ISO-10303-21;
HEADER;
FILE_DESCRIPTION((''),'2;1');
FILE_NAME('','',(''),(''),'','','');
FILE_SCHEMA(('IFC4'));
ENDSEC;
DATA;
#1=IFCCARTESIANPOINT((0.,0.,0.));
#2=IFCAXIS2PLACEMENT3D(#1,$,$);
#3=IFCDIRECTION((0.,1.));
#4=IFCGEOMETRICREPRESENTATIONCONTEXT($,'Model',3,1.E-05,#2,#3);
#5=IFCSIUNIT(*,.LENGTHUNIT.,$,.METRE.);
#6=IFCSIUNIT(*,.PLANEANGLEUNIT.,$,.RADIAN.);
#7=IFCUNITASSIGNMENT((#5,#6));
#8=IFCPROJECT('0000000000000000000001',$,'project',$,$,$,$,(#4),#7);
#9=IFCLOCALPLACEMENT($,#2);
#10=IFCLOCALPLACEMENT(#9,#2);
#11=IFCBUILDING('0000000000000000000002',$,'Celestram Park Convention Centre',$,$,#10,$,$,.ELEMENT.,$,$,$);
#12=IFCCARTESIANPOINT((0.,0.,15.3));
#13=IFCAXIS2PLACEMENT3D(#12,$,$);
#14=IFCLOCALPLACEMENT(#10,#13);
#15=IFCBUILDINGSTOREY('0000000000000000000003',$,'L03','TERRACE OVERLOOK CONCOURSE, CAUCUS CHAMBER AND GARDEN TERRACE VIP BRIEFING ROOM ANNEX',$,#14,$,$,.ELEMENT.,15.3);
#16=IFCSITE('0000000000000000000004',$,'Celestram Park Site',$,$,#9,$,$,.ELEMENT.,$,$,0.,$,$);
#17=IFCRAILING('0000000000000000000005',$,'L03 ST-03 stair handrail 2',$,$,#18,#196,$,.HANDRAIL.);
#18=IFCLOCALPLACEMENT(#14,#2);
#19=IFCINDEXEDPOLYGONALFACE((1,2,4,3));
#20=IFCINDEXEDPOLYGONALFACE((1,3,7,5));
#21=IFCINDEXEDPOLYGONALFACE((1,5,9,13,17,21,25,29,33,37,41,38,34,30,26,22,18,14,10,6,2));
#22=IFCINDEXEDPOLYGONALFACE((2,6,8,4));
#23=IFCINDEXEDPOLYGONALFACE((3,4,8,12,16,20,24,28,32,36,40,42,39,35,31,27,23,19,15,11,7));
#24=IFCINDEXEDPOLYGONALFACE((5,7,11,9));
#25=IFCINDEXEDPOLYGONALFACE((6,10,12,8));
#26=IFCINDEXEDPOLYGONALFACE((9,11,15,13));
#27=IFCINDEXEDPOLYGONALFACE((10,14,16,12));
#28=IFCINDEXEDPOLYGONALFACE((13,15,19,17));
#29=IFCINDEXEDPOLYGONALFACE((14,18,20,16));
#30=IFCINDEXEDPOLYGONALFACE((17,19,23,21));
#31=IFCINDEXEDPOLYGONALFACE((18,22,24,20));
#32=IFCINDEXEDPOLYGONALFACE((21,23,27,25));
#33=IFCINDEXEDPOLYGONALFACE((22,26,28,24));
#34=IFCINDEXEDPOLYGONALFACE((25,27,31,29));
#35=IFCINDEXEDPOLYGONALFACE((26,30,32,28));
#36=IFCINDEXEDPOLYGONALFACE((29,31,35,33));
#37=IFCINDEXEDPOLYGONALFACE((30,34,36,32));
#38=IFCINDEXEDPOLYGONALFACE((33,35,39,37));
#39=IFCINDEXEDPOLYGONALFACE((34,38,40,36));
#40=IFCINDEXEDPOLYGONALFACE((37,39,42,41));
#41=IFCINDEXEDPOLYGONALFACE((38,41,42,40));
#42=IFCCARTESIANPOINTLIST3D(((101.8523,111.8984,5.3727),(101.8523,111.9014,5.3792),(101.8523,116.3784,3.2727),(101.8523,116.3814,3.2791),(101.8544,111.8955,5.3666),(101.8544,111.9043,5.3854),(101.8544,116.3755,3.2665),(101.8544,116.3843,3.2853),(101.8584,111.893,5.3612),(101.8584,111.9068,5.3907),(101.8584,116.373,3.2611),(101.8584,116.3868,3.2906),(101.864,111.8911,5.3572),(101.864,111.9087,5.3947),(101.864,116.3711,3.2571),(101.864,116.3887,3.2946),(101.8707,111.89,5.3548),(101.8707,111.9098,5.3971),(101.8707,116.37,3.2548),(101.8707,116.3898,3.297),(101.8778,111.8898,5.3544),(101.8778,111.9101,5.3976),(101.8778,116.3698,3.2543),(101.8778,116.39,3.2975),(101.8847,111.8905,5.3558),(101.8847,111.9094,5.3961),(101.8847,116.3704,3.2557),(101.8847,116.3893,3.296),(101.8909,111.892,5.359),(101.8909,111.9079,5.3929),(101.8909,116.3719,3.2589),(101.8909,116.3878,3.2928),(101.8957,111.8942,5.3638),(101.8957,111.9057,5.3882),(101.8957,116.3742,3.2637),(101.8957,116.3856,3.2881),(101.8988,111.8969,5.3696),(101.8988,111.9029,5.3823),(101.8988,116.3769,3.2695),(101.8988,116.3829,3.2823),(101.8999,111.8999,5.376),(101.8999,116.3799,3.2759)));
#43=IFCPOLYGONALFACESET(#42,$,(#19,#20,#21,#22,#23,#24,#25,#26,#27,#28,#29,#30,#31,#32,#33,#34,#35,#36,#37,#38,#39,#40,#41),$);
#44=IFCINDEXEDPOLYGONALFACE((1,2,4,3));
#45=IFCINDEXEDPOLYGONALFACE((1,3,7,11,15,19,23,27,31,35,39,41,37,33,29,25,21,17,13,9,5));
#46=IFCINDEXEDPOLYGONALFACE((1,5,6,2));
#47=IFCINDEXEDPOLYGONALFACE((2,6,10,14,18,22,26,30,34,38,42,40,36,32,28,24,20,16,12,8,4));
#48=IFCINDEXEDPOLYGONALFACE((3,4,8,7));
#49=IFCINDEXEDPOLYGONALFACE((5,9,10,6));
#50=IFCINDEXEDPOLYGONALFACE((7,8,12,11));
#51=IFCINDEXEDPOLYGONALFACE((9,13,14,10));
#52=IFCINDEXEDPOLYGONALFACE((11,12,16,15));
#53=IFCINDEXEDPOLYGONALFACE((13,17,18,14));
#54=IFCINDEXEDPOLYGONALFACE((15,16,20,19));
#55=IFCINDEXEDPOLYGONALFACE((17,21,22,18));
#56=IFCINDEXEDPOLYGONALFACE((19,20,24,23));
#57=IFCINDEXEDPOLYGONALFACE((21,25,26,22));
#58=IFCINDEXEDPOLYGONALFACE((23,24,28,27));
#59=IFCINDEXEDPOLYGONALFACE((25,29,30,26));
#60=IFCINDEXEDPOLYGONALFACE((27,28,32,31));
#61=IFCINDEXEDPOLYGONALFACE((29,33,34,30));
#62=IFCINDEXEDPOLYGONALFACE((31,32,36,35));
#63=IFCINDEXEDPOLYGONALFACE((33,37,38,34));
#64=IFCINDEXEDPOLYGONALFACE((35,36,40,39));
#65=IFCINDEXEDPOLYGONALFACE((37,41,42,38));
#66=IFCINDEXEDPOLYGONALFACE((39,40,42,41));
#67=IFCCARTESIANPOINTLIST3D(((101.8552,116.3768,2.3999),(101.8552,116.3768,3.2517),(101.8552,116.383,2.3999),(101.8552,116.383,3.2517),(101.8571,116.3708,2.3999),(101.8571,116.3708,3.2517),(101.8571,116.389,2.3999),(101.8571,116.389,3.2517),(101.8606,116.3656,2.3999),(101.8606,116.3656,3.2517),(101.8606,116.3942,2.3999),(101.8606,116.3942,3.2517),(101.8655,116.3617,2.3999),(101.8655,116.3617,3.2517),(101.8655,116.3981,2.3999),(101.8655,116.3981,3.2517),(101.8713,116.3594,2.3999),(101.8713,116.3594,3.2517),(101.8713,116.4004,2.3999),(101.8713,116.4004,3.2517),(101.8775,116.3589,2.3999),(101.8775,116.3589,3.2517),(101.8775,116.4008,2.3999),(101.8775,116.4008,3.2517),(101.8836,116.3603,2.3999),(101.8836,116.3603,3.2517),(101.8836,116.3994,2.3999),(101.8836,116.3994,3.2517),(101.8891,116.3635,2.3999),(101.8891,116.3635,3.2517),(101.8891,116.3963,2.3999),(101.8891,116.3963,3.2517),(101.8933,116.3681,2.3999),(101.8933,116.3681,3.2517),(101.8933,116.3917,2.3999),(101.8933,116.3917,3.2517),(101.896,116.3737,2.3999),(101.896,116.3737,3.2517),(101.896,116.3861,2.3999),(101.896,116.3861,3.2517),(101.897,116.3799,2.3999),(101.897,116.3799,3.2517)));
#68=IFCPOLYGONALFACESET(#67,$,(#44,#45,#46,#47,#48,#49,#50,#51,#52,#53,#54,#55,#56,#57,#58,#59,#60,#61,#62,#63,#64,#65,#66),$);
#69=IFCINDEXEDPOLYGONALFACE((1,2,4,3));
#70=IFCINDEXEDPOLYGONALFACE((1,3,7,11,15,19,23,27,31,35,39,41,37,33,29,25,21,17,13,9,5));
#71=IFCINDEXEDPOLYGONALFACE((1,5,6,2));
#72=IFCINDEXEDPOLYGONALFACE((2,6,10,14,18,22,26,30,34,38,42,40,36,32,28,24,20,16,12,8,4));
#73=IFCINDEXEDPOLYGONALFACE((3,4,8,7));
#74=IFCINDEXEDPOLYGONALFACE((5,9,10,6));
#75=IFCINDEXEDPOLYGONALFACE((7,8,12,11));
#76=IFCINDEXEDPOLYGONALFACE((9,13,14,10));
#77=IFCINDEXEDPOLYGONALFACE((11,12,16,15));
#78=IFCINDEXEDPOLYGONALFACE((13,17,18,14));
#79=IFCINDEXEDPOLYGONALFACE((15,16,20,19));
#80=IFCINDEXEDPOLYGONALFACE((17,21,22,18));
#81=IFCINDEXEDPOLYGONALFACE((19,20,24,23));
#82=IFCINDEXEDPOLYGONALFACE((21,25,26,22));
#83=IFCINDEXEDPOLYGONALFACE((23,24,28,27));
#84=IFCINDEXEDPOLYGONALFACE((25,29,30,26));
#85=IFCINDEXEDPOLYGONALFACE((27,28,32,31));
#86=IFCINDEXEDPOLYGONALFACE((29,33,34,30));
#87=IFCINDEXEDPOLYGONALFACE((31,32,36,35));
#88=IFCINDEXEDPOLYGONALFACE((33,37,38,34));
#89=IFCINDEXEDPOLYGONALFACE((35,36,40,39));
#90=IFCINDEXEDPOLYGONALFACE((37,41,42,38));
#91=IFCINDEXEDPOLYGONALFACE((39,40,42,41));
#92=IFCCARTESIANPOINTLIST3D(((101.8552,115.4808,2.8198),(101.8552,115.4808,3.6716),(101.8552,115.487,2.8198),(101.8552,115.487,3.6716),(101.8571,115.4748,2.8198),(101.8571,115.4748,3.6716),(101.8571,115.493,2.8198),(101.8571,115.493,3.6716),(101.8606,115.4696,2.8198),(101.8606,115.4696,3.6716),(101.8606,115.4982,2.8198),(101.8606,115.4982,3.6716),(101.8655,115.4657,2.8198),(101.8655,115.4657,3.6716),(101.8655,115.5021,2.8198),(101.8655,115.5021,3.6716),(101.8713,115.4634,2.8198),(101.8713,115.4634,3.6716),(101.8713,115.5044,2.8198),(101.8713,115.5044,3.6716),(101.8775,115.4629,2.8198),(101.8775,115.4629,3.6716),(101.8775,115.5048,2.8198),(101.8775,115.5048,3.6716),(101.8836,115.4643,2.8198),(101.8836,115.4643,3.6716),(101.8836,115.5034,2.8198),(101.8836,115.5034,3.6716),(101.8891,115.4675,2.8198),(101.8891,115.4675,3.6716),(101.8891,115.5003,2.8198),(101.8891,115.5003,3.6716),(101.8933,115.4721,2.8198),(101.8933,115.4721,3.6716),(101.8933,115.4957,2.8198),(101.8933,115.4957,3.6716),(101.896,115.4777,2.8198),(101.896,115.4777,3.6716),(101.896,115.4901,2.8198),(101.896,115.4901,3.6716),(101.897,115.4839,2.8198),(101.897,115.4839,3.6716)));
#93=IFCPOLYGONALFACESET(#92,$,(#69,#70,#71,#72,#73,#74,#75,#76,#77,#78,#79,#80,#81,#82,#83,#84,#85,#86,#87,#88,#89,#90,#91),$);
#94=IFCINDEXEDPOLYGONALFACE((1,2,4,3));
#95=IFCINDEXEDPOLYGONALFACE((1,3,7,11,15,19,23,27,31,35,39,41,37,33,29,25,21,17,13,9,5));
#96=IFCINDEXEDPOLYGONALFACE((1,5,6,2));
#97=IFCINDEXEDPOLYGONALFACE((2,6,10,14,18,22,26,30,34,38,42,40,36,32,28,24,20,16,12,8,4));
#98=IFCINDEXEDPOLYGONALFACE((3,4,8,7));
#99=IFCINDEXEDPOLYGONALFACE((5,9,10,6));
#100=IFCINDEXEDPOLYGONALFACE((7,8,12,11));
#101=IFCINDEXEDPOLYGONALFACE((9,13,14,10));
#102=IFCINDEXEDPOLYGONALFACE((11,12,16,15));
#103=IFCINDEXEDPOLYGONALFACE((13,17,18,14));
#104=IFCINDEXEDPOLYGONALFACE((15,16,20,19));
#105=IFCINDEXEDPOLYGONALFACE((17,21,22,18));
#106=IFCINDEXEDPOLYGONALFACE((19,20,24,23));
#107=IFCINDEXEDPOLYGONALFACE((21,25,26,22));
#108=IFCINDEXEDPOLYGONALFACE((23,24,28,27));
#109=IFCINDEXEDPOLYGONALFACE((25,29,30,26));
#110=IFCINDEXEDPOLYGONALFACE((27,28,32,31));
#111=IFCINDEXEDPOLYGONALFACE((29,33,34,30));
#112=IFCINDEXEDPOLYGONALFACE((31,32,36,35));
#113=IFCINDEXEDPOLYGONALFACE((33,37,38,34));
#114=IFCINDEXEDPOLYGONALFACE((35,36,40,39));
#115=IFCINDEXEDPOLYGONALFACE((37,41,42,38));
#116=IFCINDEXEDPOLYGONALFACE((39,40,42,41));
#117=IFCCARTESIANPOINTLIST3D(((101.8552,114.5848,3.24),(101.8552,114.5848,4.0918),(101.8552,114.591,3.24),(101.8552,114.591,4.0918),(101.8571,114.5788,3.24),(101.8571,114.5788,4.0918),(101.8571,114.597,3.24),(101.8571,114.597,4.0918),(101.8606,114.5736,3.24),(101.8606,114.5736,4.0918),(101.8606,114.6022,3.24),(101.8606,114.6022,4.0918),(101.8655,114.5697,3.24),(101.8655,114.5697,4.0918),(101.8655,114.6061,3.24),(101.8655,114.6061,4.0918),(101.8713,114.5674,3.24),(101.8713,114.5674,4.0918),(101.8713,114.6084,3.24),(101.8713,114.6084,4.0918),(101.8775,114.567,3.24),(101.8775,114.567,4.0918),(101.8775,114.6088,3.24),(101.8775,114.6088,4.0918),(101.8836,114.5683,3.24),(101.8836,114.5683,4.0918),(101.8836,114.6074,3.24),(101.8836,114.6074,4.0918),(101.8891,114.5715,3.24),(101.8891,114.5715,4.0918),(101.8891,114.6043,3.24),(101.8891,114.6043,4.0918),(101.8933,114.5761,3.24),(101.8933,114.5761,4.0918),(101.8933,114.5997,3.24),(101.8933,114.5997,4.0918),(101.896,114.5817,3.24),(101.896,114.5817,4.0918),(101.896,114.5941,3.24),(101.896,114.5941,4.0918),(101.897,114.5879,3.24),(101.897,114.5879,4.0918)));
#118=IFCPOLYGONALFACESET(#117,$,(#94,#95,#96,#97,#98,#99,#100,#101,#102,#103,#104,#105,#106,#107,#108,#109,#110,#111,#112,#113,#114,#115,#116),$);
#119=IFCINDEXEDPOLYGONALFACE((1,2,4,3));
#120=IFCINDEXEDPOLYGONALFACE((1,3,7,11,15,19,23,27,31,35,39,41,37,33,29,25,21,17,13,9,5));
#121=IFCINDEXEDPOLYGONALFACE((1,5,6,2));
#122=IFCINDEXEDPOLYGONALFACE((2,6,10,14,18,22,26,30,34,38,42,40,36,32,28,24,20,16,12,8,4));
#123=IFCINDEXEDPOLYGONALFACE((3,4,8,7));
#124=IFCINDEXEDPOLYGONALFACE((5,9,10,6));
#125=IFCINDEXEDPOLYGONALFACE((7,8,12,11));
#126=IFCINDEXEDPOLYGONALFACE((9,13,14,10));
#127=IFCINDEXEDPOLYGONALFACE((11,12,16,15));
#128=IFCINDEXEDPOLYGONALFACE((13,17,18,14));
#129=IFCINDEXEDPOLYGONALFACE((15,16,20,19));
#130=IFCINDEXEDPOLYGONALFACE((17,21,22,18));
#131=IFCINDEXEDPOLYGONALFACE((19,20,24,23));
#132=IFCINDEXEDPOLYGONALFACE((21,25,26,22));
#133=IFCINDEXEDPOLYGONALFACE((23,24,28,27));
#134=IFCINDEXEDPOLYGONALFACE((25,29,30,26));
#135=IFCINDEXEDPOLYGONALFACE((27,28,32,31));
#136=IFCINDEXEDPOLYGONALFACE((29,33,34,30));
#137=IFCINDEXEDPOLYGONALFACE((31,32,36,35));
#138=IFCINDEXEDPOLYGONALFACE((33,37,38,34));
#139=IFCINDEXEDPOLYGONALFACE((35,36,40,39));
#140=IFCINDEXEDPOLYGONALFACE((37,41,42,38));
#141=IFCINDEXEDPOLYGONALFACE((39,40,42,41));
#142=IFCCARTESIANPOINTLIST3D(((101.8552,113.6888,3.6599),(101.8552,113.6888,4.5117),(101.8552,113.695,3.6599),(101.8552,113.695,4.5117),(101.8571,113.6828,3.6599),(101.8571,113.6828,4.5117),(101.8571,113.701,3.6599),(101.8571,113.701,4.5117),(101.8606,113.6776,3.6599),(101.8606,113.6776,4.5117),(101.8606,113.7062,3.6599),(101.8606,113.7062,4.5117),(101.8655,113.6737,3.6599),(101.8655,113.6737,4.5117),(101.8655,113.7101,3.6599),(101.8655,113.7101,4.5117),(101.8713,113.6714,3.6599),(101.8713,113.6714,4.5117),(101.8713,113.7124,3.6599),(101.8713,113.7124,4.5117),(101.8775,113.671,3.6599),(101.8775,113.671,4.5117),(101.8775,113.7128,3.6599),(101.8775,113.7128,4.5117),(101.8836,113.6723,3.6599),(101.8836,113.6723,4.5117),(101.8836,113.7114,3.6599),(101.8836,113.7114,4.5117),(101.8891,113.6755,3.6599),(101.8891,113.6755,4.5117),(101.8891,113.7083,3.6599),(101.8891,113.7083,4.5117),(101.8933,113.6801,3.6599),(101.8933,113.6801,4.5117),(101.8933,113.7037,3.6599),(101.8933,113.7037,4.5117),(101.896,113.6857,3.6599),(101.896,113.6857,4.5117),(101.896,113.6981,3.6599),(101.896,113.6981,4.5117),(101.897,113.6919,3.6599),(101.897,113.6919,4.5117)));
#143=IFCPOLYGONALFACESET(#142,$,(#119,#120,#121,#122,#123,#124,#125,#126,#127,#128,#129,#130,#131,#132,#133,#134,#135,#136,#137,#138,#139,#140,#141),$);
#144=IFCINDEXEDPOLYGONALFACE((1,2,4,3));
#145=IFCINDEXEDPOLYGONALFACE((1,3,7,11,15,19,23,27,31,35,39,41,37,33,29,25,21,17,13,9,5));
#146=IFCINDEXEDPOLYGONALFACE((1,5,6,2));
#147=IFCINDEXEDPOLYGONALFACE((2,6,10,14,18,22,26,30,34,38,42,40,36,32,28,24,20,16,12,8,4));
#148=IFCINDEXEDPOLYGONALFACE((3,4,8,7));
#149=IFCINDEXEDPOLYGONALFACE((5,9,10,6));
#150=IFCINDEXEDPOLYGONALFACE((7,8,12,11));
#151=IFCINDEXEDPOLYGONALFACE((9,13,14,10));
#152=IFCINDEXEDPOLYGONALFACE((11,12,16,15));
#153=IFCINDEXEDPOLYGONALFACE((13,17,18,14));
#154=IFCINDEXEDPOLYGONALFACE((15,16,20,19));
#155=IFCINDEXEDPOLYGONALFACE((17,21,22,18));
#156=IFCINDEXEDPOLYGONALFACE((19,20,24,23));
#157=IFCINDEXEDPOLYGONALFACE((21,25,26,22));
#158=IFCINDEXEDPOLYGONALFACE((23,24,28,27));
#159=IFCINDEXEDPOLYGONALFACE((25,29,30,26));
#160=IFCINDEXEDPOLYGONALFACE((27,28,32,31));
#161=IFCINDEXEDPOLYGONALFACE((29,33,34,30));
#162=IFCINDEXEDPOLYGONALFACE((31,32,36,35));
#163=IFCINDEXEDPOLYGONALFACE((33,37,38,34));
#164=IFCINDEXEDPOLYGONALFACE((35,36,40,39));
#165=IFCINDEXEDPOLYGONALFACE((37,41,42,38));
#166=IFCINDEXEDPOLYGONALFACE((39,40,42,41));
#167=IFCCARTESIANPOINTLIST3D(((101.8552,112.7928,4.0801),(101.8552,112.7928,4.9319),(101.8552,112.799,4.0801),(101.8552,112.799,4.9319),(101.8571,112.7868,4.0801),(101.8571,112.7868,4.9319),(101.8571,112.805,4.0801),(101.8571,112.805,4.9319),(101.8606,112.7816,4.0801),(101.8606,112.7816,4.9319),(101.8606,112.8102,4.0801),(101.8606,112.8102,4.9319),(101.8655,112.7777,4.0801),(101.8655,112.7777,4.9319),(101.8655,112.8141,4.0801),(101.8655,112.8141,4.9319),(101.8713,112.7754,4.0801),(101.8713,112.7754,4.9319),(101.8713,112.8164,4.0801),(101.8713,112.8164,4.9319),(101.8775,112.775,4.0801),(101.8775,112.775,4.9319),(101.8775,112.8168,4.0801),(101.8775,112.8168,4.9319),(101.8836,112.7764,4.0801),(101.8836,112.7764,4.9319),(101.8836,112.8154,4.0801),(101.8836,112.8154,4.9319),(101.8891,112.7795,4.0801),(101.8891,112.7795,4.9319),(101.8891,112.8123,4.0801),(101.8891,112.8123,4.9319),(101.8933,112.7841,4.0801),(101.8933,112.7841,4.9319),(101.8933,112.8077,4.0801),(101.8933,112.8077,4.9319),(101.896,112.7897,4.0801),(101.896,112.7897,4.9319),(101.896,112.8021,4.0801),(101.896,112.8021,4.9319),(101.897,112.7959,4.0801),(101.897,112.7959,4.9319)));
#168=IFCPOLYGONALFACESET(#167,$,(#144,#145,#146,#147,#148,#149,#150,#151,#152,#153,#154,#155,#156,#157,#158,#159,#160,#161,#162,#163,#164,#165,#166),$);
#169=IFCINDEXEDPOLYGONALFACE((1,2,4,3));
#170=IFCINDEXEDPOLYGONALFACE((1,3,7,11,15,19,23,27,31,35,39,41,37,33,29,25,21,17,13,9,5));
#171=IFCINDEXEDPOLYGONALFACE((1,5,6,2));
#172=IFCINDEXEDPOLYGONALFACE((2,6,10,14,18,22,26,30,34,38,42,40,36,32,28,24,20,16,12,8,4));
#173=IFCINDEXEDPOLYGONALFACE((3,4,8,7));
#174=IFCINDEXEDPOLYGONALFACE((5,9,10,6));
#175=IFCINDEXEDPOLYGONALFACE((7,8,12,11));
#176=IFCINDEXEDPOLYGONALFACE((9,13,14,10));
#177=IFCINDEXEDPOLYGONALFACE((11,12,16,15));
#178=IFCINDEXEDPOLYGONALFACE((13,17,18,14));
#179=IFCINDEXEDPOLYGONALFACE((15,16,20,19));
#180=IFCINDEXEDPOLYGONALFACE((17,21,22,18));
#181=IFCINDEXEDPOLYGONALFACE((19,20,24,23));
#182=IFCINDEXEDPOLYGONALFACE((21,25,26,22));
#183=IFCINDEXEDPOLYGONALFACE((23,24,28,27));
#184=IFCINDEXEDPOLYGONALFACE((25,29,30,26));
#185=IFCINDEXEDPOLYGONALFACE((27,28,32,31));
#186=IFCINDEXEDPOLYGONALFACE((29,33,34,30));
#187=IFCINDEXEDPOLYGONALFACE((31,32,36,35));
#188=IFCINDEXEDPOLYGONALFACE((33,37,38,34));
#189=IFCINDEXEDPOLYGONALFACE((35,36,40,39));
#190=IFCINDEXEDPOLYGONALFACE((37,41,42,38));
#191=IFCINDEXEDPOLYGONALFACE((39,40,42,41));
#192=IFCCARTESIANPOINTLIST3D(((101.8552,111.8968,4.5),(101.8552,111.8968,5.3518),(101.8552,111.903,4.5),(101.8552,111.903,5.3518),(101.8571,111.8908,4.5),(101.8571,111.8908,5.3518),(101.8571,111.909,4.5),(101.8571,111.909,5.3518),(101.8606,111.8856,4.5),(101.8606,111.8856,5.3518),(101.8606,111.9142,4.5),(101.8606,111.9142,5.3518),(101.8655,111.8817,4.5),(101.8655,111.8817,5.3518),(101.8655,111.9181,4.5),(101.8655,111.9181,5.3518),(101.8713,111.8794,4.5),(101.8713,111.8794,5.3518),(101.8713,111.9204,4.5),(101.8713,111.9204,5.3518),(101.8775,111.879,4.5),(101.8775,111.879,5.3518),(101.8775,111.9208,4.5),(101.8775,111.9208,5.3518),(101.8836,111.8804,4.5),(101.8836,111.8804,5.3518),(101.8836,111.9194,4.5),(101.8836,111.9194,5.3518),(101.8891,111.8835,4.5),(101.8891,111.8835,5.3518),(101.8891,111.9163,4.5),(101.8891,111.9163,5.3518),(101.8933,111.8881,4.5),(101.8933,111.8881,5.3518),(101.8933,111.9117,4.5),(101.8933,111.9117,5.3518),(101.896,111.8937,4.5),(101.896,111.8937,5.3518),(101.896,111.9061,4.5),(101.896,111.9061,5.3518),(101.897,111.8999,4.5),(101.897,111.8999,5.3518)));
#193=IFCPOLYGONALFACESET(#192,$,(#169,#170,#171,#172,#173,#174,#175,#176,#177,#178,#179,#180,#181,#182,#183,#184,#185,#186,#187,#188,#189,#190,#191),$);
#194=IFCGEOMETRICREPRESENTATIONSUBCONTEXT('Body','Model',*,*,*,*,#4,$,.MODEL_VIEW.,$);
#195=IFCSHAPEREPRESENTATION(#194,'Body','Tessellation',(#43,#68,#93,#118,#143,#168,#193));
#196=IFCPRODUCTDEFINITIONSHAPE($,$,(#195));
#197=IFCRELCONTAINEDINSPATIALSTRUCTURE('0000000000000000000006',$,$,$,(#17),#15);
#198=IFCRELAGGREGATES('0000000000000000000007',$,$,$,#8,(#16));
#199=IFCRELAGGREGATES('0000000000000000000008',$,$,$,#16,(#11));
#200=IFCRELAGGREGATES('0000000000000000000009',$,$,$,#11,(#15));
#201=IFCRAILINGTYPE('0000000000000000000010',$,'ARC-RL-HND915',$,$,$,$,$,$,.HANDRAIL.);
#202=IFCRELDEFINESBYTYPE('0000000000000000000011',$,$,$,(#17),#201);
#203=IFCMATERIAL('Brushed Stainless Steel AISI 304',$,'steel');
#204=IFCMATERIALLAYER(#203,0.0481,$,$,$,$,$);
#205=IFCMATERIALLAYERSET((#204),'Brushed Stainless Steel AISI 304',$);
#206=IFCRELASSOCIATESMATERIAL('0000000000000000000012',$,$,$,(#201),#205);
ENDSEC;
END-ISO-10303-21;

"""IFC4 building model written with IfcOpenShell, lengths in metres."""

from ifc_helpers import new_model, si_unit, direction, frame, origin, origin_2d, place, context, subcontext, project, spatial, circle, extrude, material, layer, layer_set, type_object, element, save


model = new_model("IFC4")

# Units and contexts
model_context = context("Model", 3, precision=1e-05, world=origin(), true_north=direction((0.0, 1.0)))
body_context = subcontext(model_context, "Body", "Model", "MODEL_VIEW")
ifc_project = project(units=[si_unit("LENGTHUNIT", "METRE"), si_unit("PLANEANGLEUNIT", "RADIAN")], contexts=[model_context])

# Site, building, storey
site_placement = place(None, origin())
site = spatial("IfcSite", under=ifc_project, at=site_placement, Name="Celestram Park Site", CompositionType="ELEMENT", RefElevation=0.0)
building_placement = place(site_placement, origin())
building = spatial("IfcBuilding", under=site, at=building_placement, Name="Celestram Park Convention Centre", CompositionType="ELEMENT")
storey_placement = place(building_placement, frame((0.0, 0.0, 15.3)))
storey = spatial("IfcBuildingStorey", under=building, at=storey_placement, Name="L03", Description="TERRACE OVERLOOK CONCOURSE, CAUCUS CHAMBER AND GARDEN TERRACE VIP BRIEFING ROOM ANNEX", CompositionType="ELEMENT", Elevation=15.3)

# Railing
ifc_material_1 = material(Name="Brushed Stainless Steel AISI 304", Category="steel")
ifc_layer_1 = layer(ifc_material_1, 0.0481)
ifc_layer_set_1 = layer_set([ifc_layer_1], Name="Brushed Stainless Steel AISI 304")
railing_type_1 = type_object("IfcRailingType", Name="ARC-RL-HND915", PredefinedType="HANDRAIL", material=ifc_layer_set_1)
railing_1_placement = place(storey_placement, frame((101.876, 116.3799, 2.3999)))
element("IfcRailing", 1, at=railing_1_placement, inside=storey, type_object=railing_type_1, Name="L03 ST-03 stair handrail 2", PredefinedType="HANDRAIL", context=body_context, shape_type="SweptSolid", body=[
    extrude(circle(Radius=0.0239, at=origin_2d()), frame((0.0, 0.0, 0.876), z_axis=(0.0, -0.905451, 0.424452), x_axis=(1.0, 0.0, 0.0)), (0.0, 0.0, 1.0), 4.9478),
    extrude(circle(Radius=0.021, at=origin_2d()), origin(), (0.0, 0.0, 1.0), 0.8518),
    extrude(circle(Radius=0.021, at=origin_2d()), frame((0.0, -0.896, 0.4199)), (0.0, 0.0, 1.0), 0.8518),
    extrude(circle(Radius=0.021, at=origin_2d()), frame((0.0, -1.792, 0.8401)), (0.0, 0.0, 1.0), 0.8518),
    extrude(circle(Radius=0.021, at=origin_2d()), frame((0.0, -2.688, 1.26)), (0.0, 0.0, 1.0), 0.8518),
    extrude(circle(Radius=0.021, at=origin_2d()), frame((0.0, -3.584, 1.6802)), (0.0, 0.0, 1.0), 0.8518),
    extrude(circle(Radius=0.021, at=origin_2d()), frame((0.0, -4.48, 2.1001)), (0.0, 0.0, 1.0), 0.8518),
])

save(model, "model.ifc")
